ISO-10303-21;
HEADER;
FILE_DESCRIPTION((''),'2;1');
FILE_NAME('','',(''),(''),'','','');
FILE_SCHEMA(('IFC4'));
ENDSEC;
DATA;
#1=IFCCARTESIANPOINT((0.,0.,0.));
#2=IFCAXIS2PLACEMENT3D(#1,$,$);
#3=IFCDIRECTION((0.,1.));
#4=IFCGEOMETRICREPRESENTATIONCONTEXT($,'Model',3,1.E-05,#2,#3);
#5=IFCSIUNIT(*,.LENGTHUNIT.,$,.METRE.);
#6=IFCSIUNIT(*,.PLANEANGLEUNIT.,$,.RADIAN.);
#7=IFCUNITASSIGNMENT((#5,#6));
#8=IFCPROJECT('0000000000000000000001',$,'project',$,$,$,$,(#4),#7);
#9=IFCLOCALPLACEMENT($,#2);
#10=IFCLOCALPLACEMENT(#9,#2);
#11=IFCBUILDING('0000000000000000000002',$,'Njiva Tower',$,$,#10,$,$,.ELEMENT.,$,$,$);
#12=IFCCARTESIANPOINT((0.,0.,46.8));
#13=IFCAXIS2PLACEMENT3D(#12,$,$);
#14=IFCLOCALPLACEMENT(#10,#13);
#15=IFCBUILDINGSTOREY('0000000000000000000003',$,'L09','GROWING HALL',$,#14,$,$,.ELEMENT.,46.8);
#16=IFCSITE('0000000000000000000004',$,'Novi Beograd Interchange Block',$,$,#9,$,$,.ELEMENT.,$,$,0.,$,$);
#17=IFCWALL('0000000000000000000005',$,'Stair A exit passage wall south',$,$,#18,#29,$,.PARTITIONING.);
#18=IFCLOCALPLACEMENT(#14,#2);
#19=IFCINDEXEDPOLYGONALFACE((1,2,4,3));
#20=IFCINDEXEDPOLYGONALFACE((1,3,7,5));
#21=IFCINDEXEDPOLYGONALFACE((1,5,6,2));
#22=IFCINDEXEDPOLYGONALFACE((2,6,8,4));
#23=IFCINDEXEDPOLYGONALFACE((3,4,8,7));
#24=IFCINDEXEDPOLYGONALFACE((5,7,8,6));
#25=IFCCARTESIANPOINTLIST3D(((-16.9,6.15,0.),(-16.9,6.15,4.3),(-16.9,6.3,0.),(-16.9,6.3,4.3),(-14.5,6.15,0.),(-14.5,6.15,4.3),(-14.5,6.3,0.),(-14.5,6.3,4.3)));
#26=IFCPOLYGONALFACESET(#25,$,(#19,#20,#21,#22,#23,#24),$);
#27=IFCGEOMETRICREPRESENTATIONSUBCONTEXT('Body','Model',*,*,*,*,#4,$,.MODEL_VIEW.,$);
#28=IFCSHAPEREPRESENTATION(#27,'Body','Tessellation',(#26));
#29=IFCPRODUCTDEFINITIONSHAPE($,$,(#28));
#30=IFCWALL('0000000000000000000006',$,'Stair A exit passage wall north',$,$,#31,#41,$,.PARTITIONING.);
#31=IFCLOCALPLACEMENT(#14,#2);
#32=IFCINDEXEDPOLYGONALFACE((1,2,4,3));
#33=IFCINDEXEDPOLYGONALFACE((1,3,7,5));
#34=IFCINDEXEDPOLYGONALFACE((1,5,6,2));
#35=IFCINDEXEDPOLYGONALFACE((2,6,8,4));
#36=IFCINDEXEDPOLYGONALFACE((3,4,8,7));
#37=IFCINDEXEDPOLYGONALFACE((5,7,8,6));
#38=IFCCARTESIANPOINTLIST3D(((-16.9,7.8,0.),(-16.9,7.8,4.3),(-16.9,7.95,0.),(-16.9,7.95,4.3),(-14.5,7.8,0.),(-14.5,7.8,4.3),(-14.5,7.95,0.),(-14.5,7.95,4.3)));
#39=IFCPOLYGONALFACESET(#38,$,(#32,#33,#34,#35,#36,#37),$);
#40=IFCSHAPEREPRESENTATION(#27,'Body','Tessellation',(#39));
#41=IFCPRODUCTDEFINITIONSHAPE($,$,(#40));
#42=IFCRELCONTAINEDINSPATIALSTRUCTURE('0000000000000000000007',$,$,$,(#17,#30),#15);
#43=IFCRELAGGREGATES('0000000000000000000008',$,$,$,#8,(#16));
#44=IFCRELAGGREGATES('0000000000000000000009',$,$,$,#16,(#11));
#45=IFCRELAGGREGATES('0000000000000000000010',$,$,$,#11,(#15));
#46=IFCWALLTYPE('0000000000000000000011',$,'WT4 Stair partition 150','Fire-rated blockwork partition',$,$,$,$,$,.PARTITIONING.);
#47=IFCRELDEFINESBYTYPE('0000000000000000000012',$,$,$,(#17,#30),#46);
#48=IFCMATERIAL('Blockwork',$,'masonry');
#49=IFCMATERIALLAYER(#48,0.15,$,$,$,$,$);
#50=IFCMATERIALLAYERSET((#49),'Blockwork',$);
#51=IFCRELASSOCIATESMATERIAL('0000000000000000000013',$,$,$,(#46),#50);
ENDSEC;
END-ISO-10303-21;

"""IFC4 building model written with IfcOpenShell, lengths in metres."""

from ifc_helpers import new_model, si_unit, direction, frame, frame_2d, origin, place, context, subcontext, project, spatial, rectangle, extrude, material, layer, layer_set, type_object, element, save


model = new_model("IFC4")

# Units and contexts
model_context = context("Model", 3, precision=1e-05, world=origin(), true_north=direction((0.0, 1.0)))
body_context = subcontext(model_context, "Body", "Model", "MODEL_VIEW")
ifc_project = project(units=[si_unit("LENGTHUNIT", "METRE"), si_unit("PLANEANGLEUNIT", "RADIAN")], contexts=[model_context])

# Site, building, storey
site_placement = place(None, origin())
site = spatial("IfcSite", under=ifc_project, at=site_placement, Name="Novi Beograd Interchange Block", CompositionType="ELEMENT", RefElevation=0.0)
building_placement = place(site_placement, origin())
building = spatial("IfcBuilding", under=site, at=building_placement, Name="Njiva Tower", CompositionType="ELEMENT")
storey_placement = place(building_placement, frame((0.0, 0.0, 46.8)))
storey = spatial("IfcBuildingStorey", under=building, at=storey_placement, Name="L09", Description="GROWING HALL", CompositionType="ELEMENT", Elevation=46.8)

# Walls
ifc_material_1 = material(Name="Blockwork", Category="masonry")
ifc_layer_1 = layer(ifc_material_1, 0.15)
ifc_layer_set_1 = layer_set([ifc_layer_1], Name="Blockwork")
wall_type_1 = type_object("IfcWallType", Name="WT4 Stair partition 150", Description="Fire-rated blockwork partition", PredefinedType="PARTITIONING", material=ifc_layer_set_1)
for number, where, z_axis, x_axis, name in (
    (1, (-16.9, 6.225, 0.0), (0.0, 0.0, 1.0), (1.0, 0.0, 0.0), "Stair A exit passage wall south"),
    (2, (-16.9, 7.875, 0.0), (0.0, 0.0, 1.0), (1.0, 0.0, 0.0), "Stair A exit passage wall north"),
):
    element("IfcWall", number, at=place(storey_placement, frame(where, z_axis=z_axis, x_axis=x_axis)), inside=storey, type_object=wall_type_1, Name=name, PredefinedType="PARTITIONING", context=body_context, shape_type="SweptSolid", body=[
        extrude(rectangle(XDim=2.4, YDim=0.15, at=frame_2d((1.2, 0.0))), origin(), (0.0, 0.0, 1.0), 4.3),
    ])

save(model, "model.ifc")
